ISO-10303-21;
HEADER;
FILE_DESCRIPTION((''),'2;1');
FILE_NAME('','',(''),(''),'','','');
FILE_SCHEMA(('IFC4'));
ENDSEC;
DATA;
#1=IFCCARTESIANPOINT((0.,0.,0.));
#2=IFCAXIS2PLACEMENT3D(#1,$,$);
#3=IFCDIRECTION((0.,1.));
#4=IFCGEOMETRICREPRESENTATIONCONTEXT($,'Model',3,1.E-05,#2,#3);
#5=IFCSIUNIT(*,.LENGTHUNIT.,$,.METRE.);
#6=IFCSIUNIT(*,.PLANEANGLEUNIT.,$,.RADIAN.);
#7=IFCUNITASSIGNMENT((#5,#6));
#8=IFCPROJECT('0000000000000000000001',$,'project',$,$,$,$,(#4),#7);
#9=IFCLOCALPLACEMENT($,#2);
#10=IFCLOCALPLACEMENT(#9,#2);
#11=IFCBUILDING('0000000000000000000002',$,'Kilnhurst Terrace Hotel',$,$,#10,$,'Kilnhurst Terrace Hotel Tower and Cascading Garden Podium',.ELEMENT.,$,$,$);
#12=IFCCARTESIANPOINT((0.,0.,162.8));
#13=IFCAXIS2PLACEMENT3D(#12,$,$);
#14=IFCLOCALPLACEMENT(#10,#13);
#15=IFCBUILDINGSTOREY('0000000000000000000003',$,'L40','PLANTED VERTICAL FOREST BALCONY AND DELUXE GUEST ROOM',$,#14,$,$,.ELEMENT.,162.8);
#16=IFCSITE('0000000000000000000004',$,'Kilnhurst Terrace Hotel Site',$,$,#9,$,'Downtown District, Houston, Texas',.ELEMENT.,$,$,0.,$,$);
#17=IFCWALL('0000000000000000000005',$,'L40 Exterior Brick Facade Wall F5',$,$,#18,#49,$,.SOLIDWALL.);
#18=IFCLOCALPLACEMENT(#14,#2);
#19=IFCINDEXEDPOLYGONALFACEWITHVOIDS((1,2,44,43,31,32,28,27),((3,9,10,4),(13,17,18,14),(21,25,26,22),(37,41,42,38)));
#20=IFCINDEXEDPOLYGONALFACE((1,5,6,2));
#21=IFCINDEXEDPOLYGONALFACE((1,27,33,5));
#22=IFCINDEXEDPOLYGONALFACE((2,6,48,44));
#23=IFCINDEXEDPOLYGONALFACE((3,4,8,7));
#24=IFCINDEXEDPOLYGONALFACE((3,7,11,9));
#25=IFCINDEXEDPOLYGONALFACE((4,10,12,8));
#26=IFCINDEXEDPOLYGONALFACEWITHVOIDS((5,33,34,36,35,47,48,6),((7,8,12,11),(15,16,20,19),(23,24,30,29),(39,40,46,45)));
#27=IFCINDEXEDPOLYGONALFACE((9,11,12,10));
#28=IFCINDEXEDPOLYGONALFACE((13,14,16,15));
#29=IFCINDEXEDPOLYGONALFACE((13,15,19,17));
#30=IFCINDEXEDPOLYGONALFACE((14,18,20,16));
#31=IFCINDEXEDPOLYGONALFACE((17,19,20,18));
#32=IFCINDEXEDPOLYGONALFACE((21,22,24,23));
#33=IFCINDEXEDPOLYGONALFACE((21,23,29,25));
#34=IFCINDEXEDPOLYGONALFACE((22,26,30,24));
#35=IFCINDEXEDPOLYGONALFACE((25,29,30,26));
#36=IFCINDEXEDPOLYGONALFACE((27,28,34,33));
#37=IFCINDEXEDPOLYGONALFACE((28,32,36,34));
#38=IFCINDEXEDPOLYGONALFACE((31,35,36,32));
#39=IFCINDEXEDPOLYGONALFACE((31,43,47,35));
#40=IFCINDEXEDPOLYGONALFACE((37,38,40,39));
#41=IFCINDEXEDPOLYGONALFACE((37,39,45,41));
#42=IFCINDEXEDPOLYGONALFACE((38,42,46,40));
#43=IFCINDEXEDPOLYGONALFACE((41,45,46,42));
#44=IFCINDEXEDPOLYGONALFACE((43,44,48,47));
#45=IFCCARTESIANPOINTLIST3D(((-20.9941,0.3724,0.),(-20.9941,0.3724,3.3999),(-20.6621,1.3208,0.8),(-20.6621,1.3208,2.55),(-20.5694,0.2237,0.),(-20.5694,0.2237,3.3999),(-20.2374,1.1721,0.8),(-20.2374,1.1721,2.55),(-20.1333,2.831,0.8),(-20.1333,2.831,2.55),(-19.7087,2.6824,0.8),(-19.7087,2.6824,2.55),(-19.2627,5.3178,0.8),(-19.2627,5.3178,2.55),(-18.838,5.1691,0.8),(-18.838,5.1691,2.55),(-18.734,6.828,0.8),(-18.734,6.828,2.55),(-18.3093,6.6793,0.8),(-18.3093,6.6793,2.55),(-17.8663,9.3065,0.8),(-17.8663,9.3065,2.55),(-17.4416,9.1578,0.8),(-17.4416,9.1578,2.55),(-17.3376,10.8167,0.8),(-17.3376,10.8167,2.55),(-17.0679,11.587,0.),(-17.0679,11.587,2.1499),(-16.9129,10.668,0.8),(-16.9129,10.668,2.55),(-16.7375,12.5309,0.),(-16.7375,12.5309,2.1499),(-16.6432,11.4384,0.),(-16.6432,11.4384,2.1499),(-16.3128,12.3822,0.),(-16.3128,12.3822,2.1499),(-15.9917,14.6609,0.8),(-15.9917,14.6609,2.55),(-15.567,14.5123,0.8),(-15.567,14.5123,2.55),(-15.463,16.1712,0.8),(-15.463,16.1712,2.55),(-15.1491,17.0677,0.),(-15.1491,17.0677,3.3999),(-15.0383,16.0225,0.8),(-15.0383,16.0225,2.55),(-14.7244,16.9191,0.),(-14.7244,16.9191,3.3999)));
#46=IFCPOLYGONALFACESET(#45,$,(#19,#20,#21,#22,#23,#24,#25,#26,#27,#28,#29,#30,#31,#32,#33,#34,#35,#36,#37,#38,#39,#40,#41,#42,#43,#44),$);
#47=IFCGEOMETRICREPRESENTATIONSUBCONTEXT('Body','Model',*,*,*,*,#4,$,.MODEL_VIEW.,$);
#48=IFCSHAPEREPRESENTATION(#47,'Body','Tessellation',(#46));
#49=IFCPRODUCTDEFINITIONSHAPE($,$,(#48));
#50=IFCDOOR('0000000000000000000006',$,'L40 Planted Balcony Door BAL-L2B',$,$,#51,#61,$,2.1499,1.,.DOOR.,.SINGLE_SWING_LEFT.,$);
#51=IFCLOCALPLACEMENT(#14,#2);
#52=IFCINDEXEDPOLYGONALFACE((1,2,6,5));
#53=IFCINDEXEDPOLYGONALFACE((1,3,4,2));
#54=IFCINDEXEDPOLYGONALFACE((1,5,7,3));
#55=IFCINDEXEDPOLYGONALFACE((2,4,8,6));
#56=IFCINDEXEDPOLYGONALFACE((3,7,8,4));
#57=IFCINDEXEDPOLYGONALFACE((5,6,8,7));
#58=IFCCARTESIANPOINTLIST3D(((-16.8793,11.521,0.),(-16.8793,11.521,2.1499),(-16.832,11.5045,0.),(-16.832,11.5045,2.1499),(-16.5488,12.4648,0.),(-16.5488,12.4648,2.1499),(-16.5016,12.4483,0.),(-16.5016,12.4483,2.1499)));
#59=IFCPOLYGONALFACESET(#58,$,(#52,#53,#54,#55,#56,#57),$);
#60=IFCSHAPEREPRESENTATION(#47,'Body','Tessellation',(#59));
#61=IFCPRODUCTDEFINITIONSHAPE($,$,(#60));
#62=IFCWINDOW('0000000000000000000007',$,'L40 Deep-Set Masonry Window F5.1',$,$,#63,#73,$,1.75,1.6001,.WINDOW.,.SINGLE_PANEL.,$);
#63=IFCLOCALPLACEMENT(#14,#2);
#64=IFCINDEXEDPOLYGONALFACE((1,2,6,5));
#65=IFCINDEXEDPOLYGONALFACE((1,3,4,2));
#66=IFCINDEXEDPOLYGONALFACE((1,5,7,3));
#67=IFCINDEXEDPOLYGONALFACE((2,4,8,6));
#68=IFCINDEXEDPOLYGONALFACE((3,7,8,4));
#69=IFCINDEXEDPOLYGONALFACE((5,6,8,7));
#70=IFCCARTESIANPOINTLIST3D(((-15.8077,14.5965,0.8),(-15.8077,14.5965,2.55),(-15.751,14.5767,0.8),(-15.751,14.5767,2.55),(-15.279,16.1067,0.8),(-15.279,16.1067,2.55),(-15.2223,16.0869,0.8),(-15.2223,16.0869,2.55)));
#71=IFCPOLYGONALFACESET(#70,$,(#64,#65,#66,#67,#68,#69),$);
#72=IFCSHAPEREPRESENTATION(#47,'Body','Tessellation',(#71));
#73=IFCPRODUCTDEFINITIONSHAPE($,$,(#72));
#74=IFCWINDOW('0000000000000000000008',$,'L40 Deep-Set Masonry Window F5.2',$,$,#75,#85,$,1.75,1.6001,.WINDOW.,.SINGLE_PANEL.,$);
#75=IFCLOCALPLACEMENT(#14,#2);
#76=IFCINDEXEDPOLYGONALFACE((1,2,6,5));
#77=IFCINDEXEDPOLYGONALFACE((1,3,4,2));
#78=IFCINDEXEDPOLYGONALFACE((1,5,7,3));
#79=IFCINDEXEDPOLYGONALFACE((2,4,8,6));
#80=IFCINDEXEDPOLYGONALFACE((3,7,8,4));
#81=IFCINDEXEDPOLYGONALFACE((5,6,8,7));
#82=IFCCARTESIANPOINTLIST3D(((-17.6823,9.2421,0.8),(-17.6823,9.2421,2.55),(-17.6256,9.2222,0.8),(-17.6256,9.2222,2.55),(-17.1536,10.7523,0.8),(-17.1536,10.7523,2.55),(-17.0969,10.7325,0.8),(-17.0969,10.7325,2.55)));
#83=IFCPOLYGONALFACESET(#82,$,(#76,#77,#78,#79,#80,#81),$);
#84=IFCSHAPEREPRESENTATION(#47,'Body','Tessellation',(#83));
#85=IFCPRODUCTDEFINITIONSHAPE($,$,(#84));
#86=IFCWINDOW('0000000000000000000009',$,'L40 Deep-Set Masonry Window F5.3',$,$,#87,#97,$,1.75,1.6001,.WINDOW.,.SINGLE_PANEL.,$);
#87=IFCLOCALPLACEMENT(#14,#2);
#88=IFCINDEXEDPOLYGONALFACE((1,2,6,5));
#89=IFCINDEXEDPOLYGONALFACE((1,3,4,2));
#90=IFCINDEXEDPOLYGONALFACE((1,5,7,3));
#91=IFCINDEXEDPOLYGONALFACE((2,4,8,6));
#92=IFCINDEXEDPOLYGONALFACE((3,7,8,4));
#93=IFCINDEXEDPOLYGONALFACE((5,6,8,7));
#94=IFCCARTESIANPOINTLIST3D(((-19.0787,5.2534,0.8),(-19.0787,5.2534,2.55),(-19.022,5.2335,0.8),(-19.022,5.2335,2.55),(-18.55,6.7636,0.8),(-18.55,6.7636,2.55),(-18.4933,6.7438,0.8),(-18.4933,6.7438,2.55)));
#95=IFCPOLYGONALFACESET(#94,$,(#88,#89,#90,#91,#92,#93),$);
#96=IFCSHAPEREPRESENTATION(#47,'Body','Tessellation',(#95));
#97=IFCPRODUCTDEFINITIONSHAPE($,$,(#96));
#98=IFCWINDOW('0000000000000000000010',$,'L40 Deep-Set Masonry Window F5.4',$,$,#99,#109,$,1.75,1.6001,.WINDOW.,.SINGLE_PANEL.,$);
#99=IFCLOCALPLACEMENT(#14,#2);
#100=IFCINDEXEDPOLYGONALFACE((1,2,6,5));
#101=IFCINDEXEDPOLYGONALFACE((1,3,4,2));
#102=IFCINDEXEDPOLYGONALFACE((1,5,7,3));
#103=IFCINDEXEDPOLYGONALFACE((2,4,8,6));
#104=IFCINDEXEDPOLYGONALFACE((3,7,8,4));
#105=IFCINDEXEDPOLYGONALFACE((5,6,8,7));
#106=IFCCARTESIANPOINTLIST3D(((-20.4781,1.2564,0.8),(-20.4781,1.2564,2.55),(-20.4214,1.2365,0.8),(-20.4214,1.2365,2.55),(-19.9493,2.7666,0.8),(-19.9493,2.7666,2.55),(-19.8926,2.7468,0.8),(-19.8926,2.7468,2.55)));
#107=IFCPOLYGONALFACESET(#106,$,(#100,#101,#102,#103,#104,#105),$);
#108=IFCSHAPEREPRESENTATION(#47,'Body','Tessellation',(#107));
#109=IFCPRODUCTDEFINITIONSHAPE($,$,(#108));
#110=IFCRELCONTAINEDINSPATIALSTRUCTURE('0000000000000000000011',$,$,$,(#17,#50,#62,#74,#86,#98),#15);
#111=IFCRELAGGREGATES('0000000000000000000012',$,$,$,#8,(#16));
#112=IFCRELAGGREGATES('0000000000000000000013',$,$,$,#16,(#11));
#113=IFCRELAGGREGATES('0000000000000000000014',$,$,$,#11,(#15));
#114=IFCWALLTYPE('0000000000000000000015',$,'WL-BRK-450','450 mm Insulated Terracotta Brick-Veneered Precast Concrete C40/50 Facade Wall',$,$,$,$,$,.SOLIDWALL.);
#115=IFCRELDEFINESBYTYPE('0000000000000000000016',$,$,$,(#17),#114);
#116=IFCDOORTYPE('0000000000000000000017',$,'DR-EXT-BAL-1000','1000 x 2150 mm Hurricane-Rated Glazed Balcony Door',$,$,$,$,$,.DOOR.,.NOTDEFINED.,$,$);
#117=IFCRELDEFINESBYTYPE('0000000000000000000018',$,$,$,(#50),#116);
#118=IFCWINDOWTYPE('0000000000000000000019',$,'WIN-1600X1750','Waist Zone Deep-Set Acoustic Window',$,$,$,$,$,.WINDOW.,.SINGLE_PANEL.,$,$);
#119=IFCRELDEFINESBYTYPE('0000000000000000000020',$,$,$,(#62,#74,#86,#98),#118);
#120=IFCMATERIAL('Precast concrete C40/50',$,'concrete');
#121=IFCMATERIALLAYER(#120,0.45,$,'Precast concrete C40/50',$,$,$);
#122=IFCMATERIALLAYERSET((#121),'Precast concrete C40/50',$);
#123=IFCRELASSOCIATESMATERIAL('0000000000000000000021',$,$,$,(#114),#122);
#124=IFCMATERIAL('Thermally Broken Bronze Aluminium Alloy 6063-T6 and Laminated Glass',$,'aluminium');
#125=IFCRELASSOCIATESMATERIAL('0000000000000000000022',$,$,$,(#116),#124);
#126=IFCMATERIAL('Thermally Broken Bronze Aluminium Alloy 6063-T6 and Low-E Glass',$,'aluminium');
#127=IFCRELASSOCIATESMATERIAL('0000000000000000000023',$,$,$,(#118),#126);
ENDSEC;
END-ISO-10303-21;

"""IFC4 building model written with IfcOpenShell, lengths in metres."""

from ifc_helpers import new_model, si_unit, direction, frame, frame_2d, origin, place, context, subcontext, project, spatial, rectangle, extrude, material, layer, layer_set, type_object, element, fill, save


model = new_model("IFC4")

# Units and contexts
model_context = context("Model", 3, precision=1e-05, world=origin(), true_north=direction((0.0, 1.0)))
body_context = subcontext(model_context, "Body", "Model", "MODEL_VIEW")
ifc_project = project(units=[si_unit("LENGTHUNIT", "METRE"), si_unit("PLANEANGLEUNIT", "RADIAN")], contexts=[model_context])

# Site, building, storey
site_placement = place(None, origin())
site = spatial("IfcSite", under=ifc_project, at=site_placement, Name="Kilnhurst Terrace Hotel Site", LongName="Downtown District, Houston, Texas", CompositionType="ELEMENT", RefElevation=0.0)
building_placement = place(site_placement, origin())
building = spatial("IfcBuilding", under=site, at=building_placement, Name="Kilnhurst Terrace Hotel", LongName="Kilnhurst Terrace Hotel Tower and Cascading Garden Podium", CompositionType="ELEMENT")
storey_placement = place(building_placement, frame((0.0, 0.0, 162.8)))
storey = spatial("IfcBuildingStorey", under=building, at=storey_placement, Name="L40", Description="PLANTED VERTICAL FOREST BALCONY AND DELUXE GUEST ROOM", CompositionType="ELEMENT", Elevation=162.8)

# Shared definitions
ifc_material_1 = material(Name="Precast concrete C40/50", Category="concrete")
ifc_layer_1 = layer(ifc_material_1, 0.45, Name="Precast concrete C40/50")
ifc_layer_set_1 = layer_set([ifc_layer_1], Name="Precast concrete C40/50")
wall_type_1 = type_object("IfcWallType", Name="WL-BRK-450", Description="450 mm Insulated Terracotta Brick-Veneered Precast Concrete C40/50 Facade Wall", PredefinedType="SOLIDWALL", material=ifc_layer_set_1)

# Wall, openings, door, windows
wall_1_placement = place(storey_placement, frame((-14.9368, 16.9934, 0.0), z_axis=(0.0, 0.0, 1.0), x_axis=(-0.330432, -0.94383, 0.0)))
wall_1 = element("IfcWall", 1, at=wall_1_placement, inside=storey, type_object=wall_type_1, Name="L40 Exterior Brick Facade Wall F5", PredefinedType="SOLIDWALL", context=body_context, shape_type="SweptSolid", body=[
    extrude(rectangle(XDim=17.689, YDim=0.45, at=frame_2d((8.8445, 0.0))), origin(), (0.0, 0.0, 1.0), 3.3999),
])
opening_1_placement = place(wall_1_placement, frame((4.8069, 0.0, 0.0)))
opening_1 = element("IfcOpeningElement", 2, at=opening_1_placement, cuts=wall_1, PredefinedType="OPENING", context=body_context, shape_type="SweptSolid", body=[
    extrude(rectangle(XDim=1.0, YDim=2.1499, at=frame_2d((0.5, 1.075))), frame((0.0, 0.2349, 0.0), z_axis=(0.0, -1.0, 0.0), x_axis=(1.0, 0.0, 0.0)), (0.0, 0.0, 1.0), 0.47),
])
opening_2_placement = place(wall_1_placement, frame((0.95, 0.0, 0.8)))
opening_2 = element("IfcOpeningElement", 3, at=opening_2_placement, cuts=wall_1, PredefinedType="OPENING", context=body_context, shape_type="SweptSolid", body=[
    extrude(rectangle(XDim=1.6001, YDim=1.75, at=frame_2d((0.8, 0.875))), frame((0.0, 0.2349, 0.0), z_axis=(0.0, -1.0, 0.0), x_axis=(1.0, 0.0, 0.0)), (0.0, 0.0, 1.0), 0.47),
])
opening_3_placement = place(wall_1_placement, frame((6.623, 0.0, 0.8)))
opening_3 = element("IfcOpeningElement", 4, at=opening_3_placement, cuts=wall_1, PredefinedType="OPENING", context=body_context, shape_type="SweptSolid", body=[
    extrude(rectangle(XDim=1.6001, YDim=1.75, at=frame_2d((0.8, 0.875))), frame((0.0, 0.2349, 0.0), z_axis=(0.0, -1.0, 0.0), x_axis=(1.0, 0.0, 0.0)), (0.0, 0.0, 1.0), 0.47),
])
opening_4_placement = place(wall_1_placement, frame((10.8491, 0.0, 0.8)))
opening_4 = element("IfcOpeningElement", 5, at=opening_4_placement, cuts=wall_1, PredefinedType="OPENING", context=body_context, shape_type="SweptSolid", body=[
    extrude(rectangle(XDim=1.6001, YDim=1.75, at=frame_2d((0.8, 0.875))), frame((0.0, 0.2349, 0.0), z_axis=(0.0, -1.0, 0.0), x_axis=(1.0, 0.0, 0.0)), (0.0, 0.0, 1.0), 0.47),
])
opening_5_placement = place(wall_1_placement, frame((15.084, 0.0, 0.8)))
opening_5 = element("IfcOpeningElement", 6, at=opening_5_placement, cuts=wall_1, PredefinedType="OPENING", context=body_context, shape_type="SweptSolid", body=[
    extrude(rectangle(XDim=1.6001, YDim=1.75, at=frame_2d((0.8, 0.875))), frame((0.0, 0.2349, 0.0), z_axis=(0.0, -1.0, 0.0), x_axis=(1.0, 0.0, 0.0)), (0.0, 0.0, 1.0), 0.47),
])
ifc_material_2 = material(Name="Thermally Broken Bronze Aluminium Alloy 6063-T6 and Laminated Glass", Category="aluminium")
door_type_1 = type_object("IfcDoorType", Name="DR-EXT-BAL-1000", Description="1000 x 2150 mm Hurricane-Rated Glazed Balcony Door", OperationType="NOTDEFINED", PredefinedType="DOOR", material=ifc_material_2)
door_1_placement = place(opening_1_placement, origin())
door_1 = element("IfcDoor", 7, at=door_1_placement, inside=storey, type_object=door_type_1, Name="L40 Planted Balcony Door BAL-L2B", OperationType="SINGLE_SWING_LEFT", OverallHeight=2.1499, OverallWidth=1.0, PredefinedType="DOOR", context=body_context, shape_type="SweptSolid", body=[
    extrude(rectangle(XDim=1.0, YDim=2.1499, at=frame_2d((0.5, 1.075))), frame((0.0, 0.0249, 0.0), z_axis=(0.0, -1.0, 0.0), x_axis=(1.0, 0.0, 0.0)), (0.0, 0.0, 1.0), 0.05),
])
fill(opening_1, door_1)
ifc_material_3 = material(Name="Thermally Broken Bronze Aluminium Alloy 6063-T6 and Low-E Glass", Category="aluminium")
window_type = type_object("IfcWindowType", Name="WIN-1600X1750", Description="Waist Zone Deep-Set Acoustic Window", PartitioningType="SINGLE_PANEL", PredefinedType="WINDOW", material=ifc_material_3)
window_1_placement = place(opening_2_placement, origin())
window_1 = element("IfcWindow", 8, at=window_1_placement, inside=storey, type_object=window_type, Name="L40 Deep-Set Masonry Window F5.1", OverallHeight=1.75, OverallWidth=1.6001, PartitioningType="SINGLE_PANEL", PredefinedType="WINDOW", context=body_context, shape_type="SweptSolid", body=[
    extrude(rectangle(XDim=1.6001, YDim=1.75, at=frame_2d((0.8, 0.875))), frame((0.0, 0.03, 0.0), z_axis=(0.0, -1.0, 0.0), x_axis=(1.0, 0.0, 0.0)), (0.0, 0.0, 1.0), 0.0601),
])
fill(opening_2, window_1)
window_2_placement = place(opening_3_placement, origin())
window_2 = element("IfcWindow", 9, at=window_2_placement, inside=storey, type_object=window_type, Name="L40 Deep-Set Masonry Window F5.2", OverallHeight=1.75, OverallWidth=1.6001, PartitioningType="SINGLE_PANEL", PredefinedType="WINDOW", context=body_context, shape_type="SweptSolid", body=[
    extrude(rectangle(XDim=1.6001, YDim=1.75, at=frame_2d((0.8, 0.875))), frame((0.0, 0.03, 0.0), z_axis=(0.0, -1.0, 0.0), x_axis=(1.0, 0.0, 0.0)), (0.0, 0.0, 1.0), 0.0601),
])
fill(opening_3, window_2)
window_3_placement = place(opening_4_placement, origin())
window_3 = element("IfcWindow", 10, at=window_3_placement, inside=storey, type_object=window_type, Name="L40 Deep-Set Masonry Window F5.3", OverallHeight=1.75, OverallWidth=1.6001, PartitioningType="SINGLE_PANEL", PredefinedType="WINDOW", context=body_context, shape_type="SweptSolid", body=[
    extrude(rectangle(XDim=1.6001, YDim=1.75, at=frame_2d((0.8, 0.875))), frame((0.0, 0.03, 0.0), z_axis=(0.0, -1.0, 0.0), x_axis=(1.0, 0.0, 0.0)), (0.0, 0.0, 1.0), 0.0601),
])
fill(opening_4, window_3)
window_4_placement = place(opening_5_placement, origin())
window_4 = element("IfcWindow", 11, at=window_4_placement, inside=storey, type_object=window_type, Name="L40 Deep-Set Masonry Window F5.4", OverallHeight=1.75, OverallWidth=1.6001, PartitioningType="SINGLE_PANEL", PredefinedType="WINDOW", context=body_context, shape_type="SweptSolid", body=[
    extrude(rectangle(XDim=1.6001, YDim=1.75, at=frame_2d((0.8, 0.875))), frame((0.0, 0.03, 0.0), z_axis=(0.0, -1.0, 0.0), x_axis=(1.0, 0.0, 0.0)), (0.0, 0.0, 1.0), 0.0601),
])
fill(opening_5, window_4)

save(model, "model.ifc")
